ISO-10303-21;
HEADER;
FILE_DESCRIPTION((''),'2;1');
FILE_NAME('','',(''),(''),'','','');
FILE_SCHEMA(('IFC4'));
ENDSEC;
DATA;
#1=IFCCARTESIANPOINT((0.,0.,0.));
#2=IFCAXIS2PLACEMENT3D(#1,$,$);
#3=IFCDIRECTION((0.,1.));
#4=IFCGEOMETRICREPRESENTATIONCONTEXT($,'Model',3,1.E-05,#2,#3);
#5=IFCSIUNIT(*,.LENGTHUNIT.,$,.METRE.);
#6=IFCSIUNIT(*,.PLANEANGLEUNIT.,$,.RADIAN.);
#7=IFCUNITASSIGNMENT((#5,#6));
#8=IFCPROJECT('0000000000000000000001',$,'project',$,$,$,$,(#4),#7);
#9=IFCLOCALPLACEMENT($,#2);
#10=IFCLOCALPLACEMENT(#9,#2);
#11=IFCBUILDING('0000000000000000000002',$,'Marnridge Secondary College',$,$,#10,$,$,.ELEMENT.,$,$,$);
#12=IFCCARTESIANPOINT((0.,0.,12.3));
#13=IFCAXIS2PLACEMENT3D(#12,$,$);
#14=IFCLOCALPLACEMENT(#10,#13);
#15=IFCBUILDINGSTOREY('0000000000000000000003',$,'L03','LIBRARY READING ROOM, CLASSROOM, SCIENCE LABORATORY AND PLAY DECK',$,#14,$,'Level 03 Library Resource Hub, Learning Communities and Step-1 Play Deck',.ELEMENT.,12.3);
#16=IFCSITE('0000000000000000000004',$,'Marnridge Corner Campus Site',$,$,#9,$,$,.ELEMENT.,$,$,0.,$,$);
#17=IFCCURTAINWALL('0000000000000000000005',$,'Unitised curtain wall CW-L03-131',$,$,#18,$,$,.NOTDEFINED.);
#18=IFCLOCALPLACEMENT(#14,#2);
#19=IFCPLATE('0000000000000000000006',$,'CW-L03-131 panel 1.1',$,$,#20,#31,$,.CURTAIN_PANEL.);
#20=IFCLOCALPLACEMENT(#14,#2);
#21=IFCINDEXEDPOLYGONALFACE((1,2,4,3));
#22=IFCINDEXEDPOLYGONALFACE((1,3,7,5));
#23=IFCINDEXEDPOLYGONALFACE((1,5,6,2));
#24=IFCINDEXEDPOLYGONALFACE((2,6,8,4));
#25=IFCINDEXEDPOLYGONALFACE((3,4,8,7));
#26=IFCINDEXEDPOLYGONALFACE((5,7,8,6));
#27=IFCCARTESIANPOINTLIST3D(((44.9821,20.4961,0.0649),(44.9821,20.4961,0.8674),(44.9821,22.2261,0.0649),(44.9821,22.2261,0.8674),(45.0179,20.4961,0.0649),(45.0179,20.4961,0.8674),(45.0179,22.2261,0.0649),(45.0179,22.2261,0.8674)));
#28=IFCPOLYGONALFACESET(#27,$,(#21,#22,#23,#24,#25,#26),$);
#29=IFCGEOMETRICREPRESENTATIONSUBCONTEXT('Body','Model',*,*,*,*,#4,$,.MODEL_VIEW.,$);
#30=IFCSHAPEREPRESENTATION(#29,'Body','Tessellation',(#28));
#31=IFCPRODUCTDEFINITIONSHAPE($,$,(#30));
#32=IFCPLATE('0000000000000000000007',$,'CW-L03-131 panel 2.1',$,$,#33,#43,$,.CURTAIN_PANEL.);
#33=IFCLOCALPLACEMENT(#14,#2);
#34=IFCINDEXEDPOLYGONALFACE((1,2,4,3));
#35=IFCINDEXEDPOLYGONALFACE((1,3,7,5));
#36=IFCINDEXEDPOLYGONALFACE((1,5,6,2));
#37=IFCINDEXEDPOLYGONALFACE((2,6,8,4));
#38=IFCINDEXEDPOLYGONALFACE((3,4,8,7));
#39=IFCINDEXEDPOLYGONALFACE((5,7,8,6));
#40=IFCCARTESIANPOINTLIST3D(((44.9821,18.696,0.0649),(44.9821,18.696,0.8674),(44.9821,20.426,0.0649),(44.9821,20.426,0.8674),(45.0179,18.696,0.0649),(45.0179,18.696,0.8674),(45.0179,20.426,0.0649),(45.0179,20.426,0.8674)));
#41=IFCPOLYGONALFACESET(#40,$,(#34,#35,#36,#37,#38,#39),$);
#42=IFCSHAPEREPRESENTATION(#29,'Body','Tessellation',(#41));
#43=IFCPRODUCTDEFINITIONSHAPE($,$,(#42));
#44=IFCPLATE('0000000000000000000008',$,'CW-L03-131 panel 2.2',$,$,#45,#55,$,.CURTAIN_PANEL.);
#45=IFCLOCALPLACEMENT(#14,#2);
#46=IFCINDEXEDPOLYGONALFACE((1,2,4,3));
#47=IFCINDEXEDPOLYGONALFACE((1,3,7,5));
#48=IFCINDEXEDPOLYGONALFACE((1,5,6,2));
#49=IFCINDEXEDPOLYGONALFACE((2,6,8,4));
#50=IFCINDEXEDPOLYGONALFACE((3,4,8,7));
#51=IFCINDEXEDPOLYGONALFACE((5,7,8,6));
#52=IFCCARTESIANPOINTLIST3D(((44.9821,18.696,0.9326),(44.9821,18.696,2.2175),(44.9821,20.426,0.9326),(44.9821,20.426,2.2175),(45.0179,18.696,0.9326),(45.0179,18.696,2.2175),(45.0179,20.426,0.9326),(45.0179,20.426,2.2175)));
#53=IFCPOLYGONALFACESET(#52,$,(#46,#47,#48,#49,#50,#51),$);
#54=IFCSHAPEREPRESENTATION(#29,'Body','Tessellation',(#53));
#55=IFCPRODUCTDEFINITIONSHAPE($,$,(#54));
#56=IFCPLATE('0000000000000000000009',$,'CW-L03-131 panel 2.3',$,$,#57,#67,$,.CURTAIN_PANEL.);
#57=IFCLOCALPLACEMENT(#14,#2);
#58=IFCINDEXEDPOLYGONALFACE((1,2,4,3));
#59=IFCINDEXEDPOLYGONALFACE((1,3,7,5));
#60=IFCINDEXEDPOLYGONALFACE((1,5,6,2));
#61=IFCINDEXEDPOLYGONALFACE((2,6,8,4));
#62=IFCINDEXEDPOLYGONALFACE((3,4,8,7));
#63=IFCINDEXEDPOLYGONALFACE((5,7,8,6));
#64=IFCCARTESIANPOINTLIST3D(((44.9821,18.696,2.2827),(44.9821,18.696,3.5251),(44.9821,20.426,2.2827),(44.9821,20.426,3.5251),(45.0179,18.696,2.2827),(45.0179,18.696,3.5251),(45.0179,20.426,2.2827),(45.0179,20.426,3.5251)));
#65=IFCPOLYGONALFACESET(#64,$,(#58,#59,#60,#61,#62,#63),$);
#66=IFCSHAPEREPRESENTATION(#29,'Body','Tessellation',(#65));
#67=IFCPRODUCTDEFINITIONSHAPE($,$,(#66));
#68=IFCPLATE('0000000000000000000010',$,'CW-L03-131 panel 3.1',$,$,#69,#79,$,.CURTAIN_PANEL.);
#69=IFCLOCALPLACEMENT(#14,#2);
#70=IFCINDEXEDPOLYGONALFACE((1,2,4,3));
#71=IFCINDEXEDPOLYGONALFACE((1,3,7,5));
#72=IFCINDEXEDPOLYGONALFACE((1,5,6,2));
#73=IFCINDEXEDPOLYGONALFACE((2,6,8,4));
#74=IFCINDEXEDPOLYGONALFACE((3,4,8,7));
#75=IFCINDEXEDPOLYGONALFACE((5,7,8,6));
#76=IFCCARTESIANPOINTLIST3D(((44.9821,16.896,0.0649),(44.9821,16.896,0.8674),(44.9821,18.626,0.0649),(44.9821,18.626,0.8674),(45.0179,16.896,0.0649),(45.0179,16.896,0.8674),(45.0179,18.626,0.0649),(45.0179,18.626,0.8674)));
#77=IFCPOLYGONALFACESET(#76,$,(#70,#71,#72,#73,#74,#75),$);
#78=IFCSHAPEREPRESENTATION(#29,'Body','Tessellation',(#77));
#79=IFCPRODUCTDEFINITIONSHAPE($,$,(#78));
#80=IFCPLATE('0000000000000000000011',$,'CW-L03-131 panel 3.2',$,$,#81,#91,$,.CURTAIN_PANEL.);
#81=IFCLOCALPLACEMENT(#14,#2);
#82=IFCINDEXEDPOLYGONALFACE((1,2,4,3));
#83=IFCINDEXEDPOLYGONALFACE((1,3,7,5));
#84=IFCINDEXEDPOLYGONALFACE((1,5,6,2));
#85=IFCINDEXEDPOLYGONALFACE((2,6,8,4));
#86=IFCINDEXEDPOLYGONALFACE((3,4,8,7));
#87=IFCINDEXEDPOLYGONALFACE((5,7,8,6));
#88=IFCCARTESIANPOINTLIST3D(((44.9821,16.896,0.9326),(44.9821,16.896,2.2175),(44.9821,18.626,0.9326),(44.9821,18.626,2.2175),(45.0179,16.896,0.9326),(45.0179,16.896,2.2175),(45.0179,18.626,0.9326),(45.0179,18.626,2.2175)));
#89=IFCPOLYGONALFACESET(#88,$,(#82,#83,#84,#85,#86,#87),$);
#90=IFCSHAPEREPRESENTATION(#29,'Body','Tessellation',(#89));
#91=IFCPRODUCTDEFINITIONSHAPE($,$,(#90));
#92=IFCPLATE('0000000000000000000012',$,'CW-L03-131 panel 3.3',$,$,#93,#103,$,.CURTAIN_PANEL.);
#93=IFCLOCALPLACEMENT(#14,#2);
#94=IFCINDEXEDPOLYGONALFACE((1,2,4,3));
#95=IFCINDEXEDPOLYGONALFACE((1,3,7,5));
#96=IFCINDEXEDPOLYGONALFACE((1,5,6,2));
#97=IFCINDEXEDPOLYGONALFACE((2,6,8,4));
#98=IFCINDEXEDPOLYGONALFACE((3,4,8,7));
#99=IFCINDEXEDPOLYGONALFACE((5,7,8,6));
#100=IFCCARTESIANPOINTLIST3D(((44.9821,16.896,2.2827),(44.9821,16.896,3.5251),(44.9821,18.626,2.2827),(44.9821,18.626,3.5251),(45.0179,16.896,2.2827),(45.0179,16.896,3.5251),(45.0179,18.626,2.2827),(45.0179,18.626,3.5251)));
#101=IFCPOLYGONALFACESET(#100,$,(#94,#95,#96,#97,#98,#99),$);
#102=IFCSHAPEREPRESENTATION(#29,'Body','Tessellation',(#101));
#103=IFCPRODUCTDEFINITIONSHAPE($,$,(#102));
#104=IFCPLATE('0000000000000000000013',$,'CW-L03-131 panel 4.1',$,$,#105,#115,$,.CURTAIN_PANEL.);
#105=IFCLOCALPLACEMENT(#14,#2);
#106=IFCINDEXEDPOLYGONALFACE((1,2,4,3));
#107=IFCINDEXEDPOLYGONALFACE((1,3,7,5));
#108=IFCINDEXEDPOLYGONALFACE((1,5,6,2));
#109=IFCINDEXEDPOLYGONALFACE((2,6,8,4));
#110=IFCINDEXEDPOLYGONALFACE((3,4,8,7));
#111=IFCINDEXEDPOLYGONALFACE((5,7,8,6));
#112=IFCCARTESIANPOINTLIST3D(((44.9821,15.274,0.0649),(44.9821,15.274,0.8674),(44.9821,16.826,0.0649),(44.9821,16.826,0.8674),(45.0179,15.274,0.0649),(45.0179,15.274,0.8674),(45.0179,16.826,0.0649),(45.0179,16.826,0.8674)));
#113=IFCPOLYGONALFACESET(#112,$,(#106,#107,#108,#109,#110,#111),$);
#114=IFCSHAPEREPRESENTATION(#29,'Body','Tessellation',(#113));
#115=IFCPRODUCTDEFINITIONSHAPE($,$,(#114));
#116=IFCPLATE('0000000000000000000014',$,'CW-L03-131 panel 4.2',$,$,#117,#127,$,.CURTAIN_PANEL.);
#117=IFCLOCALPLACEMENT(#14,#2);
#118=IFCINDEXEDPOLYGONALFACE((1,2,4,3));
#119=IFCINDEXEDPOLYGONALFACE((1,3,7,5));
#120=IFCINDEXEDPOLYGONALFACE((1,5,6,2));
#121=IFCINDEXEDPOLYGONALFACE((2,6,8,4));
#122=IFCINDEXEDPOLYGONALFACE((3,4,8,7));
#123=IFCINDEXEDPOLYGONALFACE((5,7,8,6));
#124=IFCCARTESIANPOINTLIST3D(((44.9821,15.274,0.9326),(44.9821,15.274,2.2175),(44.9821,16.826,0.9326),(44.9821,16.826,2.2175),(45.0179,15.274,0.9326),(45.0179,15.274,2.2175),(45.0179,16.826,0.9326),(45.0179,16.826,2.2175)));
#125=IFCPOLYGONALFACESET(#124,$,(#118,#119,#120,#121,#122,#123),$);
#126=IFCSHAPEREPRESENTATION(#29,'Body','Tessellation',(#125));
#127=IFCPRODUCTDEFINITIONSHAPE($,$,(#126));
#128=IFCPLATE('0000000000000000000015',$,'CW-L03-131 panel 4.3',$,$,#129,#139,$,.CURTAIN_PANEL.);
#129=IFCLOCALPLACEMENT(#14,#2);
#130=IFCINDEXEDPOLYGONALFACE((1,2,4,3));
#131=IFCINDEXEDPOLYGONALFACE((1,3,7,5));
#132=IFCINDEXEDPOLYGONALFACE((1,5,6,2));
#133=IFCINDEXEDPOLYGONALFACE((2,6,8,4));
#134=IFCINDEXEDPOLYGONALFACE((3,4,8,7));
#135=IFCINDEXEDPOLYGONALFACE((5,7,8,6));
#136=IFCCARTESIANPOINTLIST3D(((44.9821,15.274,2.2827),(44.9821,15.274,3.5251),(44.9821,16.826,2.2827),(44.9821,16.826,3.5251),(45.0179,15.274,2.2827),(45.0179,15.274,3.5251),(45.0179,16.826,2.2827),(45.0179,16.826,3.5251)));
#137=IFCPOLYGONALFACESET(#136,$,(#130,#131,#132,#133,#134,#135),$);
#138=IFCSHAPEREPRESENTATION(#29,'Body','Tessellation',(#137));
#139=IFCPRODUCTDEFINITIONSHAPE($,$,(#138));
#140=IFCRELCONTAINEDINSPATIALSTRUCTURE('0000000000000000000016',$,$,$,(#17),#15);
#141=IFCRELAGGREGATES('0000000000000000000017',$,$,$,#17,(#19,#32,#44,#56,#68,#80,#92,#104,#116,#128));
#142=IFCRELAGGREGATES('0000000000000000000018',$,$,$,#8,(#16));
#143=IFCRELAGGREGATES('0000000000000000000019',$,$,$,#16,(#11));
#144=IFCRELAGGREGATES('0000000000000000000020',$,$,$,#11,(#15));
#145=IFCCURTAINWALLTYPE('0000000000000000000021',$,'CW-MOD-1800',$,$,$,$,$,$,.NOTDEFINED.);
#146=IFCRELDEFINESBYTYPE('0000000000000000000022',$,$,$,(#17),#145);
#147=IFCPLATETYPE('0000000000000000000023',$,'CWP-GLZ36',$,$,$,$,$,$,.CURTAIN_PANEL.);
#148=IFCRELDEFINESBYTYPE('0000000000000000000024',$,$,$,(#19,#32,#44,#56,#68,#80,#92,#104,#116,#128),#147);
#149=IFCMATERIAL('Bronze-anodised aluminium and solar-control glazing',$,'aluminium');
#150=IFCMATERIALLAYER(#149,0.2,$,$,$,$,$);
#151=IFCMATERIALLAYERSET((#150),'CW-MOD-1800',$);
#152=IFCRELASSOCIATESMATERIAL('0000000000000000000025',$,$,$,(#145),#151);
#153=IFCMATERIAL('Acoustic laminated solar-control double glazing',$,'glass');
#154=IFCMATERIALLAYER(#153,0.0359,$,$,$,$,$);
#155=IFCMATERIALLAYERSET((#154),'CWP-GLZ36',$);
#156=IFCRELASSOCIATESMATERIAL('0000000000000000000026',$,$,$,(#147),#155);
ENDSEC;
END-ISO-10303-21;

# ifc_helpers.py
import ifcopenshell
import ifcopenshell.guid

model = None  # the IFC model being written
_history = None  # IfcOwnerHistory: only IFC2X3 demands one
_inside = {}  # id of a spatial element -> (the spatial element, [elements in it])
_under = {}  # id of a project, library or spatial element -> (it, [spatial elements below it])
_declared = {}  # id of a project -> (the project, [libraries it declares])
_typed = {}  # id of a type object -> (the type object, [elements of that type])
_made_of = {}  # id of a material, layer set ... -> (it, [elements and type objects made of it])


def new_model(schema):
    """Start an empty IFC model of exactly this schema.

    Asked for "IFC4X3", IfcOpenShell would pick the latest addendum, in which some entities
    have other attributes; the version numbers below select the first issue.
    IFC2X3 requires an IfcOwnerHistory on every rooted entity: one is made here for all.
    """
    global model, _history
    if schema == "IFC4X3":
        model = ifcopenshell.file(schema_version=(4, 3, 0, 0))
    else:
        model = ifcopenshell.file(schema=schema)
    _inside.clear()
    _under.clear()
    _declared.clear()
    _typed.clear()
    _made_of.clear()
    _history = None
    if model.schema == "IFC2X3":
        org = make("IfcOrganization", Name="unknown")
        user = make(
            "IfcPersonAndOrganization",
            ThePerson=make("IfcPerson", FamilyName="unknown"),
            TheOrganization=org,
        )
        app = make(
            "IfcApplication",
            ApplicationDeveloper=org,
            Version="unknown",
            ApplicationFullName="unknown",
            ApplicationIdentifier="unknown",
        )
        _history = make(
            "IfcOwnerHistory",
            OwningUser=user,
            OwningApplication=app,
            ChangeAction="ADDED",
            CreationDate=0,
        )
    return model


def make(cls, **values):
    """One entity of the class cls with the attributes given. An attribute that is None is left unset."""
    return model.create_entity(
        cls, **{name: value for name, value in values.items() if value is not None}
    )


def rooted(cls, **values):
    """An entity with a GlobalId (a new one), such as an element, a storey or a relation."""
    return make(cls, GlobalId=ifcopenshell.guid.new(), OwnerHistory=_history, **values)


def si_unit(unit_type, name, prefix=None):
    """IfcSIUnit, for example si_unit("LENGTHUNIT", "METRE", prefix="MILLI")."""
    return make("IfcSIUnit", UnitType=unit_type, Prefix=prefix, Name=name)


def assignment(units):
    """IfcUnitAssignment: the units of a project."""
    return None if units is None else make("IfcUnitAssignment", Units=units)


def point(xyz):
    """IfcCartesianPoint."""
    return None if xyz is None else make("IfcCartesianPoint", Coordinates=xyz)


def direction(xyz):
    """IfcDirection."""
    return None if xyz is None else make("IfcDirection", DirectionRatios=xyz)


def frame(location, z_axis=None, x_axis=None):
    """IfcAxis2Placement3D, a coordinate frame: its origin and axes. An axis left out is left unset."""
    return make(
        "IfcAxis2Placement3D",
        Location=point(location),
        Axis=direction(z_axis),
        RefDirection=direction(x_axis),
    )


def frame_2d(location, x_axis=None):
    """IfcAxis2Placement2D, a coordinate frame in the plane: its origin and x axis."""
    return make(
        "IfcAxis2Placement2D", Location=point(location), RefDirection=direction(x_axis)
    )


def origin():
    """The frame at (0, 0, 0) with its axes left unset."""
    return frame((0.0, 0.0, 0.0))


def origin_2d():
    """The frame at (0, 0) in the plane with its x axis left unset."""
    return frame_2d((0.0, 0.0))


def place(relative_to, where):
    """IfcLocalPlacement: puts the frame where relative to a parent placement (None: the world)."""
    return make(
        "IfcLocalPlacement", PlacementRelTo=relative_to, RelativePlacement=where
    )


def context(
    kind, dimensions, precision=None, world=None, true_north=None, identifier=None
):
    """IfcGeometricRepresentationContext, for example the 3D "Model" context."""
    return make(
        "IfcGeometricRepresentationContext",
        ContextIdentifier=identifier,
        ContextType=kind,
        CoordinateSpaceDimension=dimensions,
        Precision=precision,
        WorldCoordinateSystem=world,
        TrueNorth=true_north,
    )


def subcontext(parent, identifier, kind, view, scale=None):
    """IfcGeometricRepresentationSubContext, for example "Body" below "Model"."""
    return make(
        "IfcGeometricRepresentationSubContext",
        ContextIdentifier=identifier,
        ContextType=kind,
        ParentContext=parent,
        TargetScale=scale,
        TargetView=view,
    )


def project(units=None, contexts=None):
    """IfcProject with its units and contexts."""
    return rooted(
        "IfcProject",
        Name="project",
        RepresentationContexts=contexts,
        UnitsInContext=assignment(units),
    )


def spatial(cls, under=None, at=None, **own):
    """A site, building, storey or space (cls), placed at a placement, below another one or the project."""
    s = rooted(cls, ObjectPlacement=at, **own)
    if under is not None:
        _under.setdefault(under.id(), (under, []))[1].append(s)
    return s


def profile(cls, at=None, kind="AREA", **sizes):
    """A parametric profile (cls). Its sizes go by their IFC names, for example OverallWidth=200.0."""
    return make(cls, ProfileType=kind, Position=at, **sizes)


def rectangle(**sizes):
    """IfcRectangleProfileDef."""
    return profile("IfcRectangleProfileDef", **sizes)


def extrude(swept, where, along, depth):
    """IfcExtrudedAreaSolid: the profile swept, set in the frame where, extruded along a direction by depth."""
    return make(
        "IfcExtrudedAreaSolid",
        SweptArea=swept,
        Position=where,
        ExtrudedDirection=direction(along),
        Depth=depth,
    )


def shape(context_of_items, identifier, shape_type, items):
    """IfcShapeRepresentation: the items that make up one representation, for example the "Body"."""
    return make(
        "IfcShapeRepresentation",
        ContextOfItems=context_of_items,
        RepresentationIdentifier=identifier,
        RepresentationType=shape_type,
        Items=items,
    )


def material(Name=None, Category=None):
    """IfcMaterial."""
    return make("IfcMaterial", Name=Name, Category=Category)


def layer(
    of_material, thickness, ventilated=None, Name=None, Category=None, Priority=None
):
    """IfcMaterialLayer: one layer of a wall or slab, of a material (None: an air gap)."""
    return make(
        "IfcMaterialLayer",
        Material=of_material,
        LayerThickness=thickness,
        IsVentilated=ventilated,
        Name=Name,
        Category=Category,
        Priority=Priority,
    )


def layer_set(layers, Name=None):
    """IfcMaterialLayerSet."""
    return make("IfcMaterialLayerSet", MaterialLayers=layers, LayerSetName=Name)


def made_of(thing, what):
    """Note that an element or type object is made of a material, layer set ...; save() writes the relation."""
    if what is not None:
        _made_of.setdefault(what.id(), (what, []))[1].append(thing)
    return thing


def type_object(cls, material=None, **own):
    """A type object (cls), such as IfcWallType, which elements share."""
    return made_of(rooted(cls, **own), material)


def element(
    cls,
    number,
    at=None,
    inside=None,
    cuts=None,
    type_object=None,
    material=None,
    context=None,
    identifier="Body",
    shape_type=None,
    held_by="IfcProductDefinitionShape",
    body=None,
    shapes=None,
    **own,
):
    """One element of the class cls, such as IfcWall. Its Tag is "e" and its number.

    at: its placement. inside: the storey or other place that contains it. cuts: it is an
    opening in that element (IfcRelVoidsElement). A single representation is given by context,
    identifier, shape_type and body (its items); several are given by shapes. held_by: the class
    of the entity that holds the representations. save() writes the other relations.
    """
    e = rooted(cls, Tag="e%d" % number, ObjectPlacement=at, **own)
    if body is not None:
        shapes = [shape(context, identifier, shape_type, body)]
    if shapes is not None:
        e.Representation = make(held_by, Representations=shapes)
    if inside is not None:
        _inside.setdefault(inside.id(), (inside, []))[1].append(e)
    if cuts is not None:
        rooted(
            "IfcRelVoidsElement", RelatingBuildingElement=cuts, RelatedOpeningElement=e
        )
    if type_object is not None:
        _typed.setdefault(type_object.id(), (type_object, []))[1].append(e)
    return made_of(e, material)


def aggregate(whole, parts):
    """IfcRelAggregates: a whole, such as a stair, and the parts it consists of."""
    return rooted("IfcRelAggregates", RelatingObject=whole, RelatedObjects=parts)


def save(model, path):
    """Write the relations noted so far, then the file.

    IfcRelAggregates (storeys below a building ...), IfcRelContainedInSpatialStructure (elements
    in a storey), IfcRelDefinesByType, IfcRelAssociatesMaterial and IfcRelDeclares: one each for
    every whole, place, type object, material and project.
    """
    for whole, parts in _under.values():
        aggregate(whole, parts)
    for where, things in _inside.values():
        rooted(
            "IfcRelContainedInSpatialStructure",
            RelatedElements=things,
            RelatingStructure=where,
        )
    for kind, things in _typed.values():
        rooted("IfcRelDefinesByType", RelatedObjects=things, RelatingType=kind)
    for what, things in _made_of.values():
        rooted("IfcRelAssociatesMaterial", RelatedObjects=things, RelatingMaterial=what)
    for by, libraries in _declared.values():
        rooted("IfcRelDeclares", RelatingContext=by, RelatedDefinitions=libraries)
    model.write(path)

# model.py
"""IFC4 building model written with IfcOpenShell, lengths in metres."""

from ifc_helpers import new_model, si_unit, direction, frame, origin, origin_2d, place, context, subcontext, project, spatial, rectangle, extrude, material, layer, layer_set, type_object, element, aggregate, save


model = new_model("IFC4")

# Units and contexts
model_context = context("Model", 3, precision=1e-05, world=origin(), true_north=direction((0.0, 1.0)))
body_context = subcontext(model_context, "Body", "Model", "MODEL_VIEW")
ifc_project = project(units=[si_unit("LENGTHUNIT", "METRE"), si_unit("PLANEANGLEUNIT", "RADIAN")], contexts=[model_context])

# Site, building, storey
site_placement = place(None, origin())
site = spatial("IfcSite", under=ifc_project, at=site_placement, Name="Marnridge Corner Campus Site", CompositionType="ELEMENT", RefElevation=0.0)
building_placement = place(site_placement, origin())
building = spatial("IfcBuilding", under=site, at=building_placement, Name="Marnridge Secondary College", CompositionType="ELEMENT")
storey_placement = place(building_placement, frame((0.0, 0.0, 12.3)))
storey = spatial("IfcBuildingStorey", under=building, at=storey_placement, Name="L03", Description="LIBRARY READING ROOM, CLASSROOM, SCIENCE LABORATORY AND PLAY DECK", LongName="Level 03 Library Resource Hub, Learning Communities and Step-1 Play Deck", CompositionType="ELEMENT", Elevation=12.3)

# Curtain wall, plates
ifc_material_1 = material(Name="Bronze-anodised aluminium and solar-control glazing", Category="aluminium")
ifc_layer_1 = layer(ifc_material_1, 0.2)
ifc_layer_set_1 = layer_set([ifc_layer_1], Name="CW-MOD-1800")
curtain_wall_type = type_object("IfcCurtainWallType", Name="CW-MOD-1800", PredefinedType="NOTDEFINED", material=ifc_layer_set_1)
curtain_wall_placement = place(storey_placement, origin())
curtain_wall = element("IfcCurtainWall", 1, at=curtain_wall_placement, inside=storey, type_object=curtain_wall_type, Name="Unitised curtain wall CW-L03-131", PredefinedType="NOTDEFINED")
ifc_material_2 = material(Name="Acoustic laminated solar-control double glazing", Category="glass")
ifc_layer_2 = layer(ifc_material_2, 0.0359)
ifc_layer_set_2 = layer_set([ifc_layer_2], Name="CWP-GLZ36")
plate_type = type_object("IfcPlateType", Name="CWP-GLZ36", PredefinedType="CURTAIN_PANEL", material=ifc_layer_set_2)
plate_1_placement = place(storey_placement, frame((45.0, 21.3611, 0.0649), z_axis=(0.0, 0.0, 1.0), x_axis=(0.0, -1.0, 0.0)))
plate_1 = element("IfcPlate", 2, at=plate_1_placement, type_object=plate_type, Name="CW-L03-131 panel 1.1", PredefinedType="CURTAIN_PANEL", context=body_context, shape_type="SweptSolid", body=[
    extrude(rectangle(XDim=1.73, YDim=0.0359, at=origin_2d()), origin(), (0.0, 0.0, 1.0), 0.8025),
])
plate_2_placement = place(storey_placement, frame((45.0, 19.561, 0.0649), z_axis=(0.0, 0.0, 1.0), x_axis=(0.0, -1.0, 0.0)))
plate_2 = element("IfcPlate", 3, at=plate_2_placement, type_object=plate_type, Name="CW-L03-131 panel 2.1", PredefinedType="CURTAIN_PANEL", context=body_context, shape_type="SweptSolid", body=[
    extrude(rectangle(XDim=1.73, YDim=0.0359, at=origin_2d()), origin(), (0.0, 0.0, 1.0), 0.8025),
])
plate_3_placement = place(storey_placement, frame((45.0, 19.561, 0.9326), z_axis=(0.0, 0.0, 1.0), x_axis=(0.0, -1.0, 0.0)))
plate_3 = element("IfcPlate", 4, at=plate_3_placement, type_object=plate_type, Name="CW-L03-131 panel 2.2", PredefinedType="CURTAIN_PANEL", context=body_context, shape_type="SweptSolid", body=[
    extrude(rectangle(XDim=1.73, YDim=0.0359, at=origin_2d()), origin(), (0.0, 0.0, 1.0), 1.2849),
])
plate_4_placement = place(storey_placement, frame((45.0, 19.561, 2.2827), z_axis=(0.0, 0.0, 1.0), x_axis=(0.0, -1.0, 0.0)))
plate_4 = element("IfcPlate", 5, at=plate_4_placement, type_object=plate_type, Name="CW-L03-131 panel 2.3", PredefinedType="CURTAIN_PANEL", context=body_context, shape_type="SweptSolid", body=[
    extrude(rectangle(XDim=1.73, YDim=0.0359, at=origin_2d()), origin(), (0.0, 0.0, 1.0), 1.2424),
])
plate_5_placement = place(storey_placement, frame((45.0, 17.761, 0.0649), z_axis=(0.0, 0.0, 1.0), x_axis=(0.0, -1.0, 0.0)))
plate_5 = element("IfcPlate", 6, at=plate_5_placement, type_object=plate_type, Name="CW-L03-131 panel 3.1", PredefinedType="CURTAIN_PANEL", context=body_context, shape_type="SweptSolid", body=[
    extrude(rectangle(XDim=1.73, YDim=0.0359, at=origin_2d()), origin(), (0.0, 0.0, 1.0), 0.8025),
])
plate_6_placement = place(storey_placement, frame((45.0, 17.761, 0.9326), z_axis=(0.0, 0.0, 1.0), x_axis=(0.0, -1.0, 0.0)))
plate_6 = element("IfcPlate", 7, at=plate_6_placement, type_object=plate_type, Name="CW-L03-131 panel 3.2", PredefinedType="CURTAIN_PANEL", context=body_context, shape_type="SweptSolid", body=[
    extrude(rectangle(XDim=1.73, YDim=0.0359, at=origin_2d()), origin(), (0.0, 0.0, 1.0), 1.2849),
])
plate_7_placement = place(storey_placement, frame((45.0, 17.761, 2.2827), z_axis=(0.0, 0.0, 1.0), x_axis=(0.0, -1.0, 0.0)))
plate_7 = element("IfcPlate", 8, at=plate_7_placement, type_object=plate_type, Name="CW-L03-131 panel 3.3", PredefinedType="CURTAIN_PANEL", context=body_context, shape_type="SweptSolid", body=[
    extrude(rectangle(XDim=1.73, YDim=0.0359, at=origin_2d()), origin(), (0.0, 0.0, 1.0), 1.2424),
])
plate_8_placement = place(storey_placement, frame((45.0, 16.05, 0.0649), z_axis=(0.0, 0.0, 1.0), x_axis=(0.0, -1.0, 0.0)))
plate_8 = element("IfcPlate", 9, at=plate_8_placement, type_object=plate_type, Name="CW-L03-131 panel 4.1", PredefinedType="CURTAIN_PANEL", context=body_context, shape_type="SweptSolid", body=[
    extrude(rectangle(XDim=1.552, YDim=0.0359, at=origin_2d()), origin(), (0.0, 0.0, 1.0), 0.8025),
])
plate_9_placement = place(storey_placement, frame((45.0, 16.05, 0.9326), z_axis=(0.0, 0.0, 1.0), x_axis=(0.0, -1.0, 0.0)))
plate_9 = element("IfcPlate", 10, at=plate_9_placement, type_object=plate_type, Name="CW-L03-131 panel 4.2", PredefinedType="CURTAIN_PANEL", context=body_context, shape_type="SweptSolid", body=[
    extrude(rectangle(XDim=1.552, YDim=0.0359, at=origin_2d()), origin(), (0.0, 0.0, 1.0), 1.2849),
])
plate_10_placement = place(storey_placement, frame((45.0, 16.05, 2.2827), z_axis=(0.0, 0.0, 1.0), x_axis=(0.0, -1.0, 0.0)))
plate_10 = element("IfcPlate", 11, at=plate_10_placement, type_object=plate_type, Name="CW-L03-131 panel 4.3", PredefinedType="CURTAIN_PANEL", context=body_context, shape_type="SweptSolid", body=[
    extrude(rectangle(XDim=1.552, YDim=0.0359, at=origin_2d()), origin(), (0.0, 0.0, 1.0), 1.2424),
])
aggregate(curtain_wall, [plate_1, plate_2, plate_3, plate_4, plate_5, plate_6, plate_7, plate_8, plate_9, plate_10])

save(model, "model.ifc")
